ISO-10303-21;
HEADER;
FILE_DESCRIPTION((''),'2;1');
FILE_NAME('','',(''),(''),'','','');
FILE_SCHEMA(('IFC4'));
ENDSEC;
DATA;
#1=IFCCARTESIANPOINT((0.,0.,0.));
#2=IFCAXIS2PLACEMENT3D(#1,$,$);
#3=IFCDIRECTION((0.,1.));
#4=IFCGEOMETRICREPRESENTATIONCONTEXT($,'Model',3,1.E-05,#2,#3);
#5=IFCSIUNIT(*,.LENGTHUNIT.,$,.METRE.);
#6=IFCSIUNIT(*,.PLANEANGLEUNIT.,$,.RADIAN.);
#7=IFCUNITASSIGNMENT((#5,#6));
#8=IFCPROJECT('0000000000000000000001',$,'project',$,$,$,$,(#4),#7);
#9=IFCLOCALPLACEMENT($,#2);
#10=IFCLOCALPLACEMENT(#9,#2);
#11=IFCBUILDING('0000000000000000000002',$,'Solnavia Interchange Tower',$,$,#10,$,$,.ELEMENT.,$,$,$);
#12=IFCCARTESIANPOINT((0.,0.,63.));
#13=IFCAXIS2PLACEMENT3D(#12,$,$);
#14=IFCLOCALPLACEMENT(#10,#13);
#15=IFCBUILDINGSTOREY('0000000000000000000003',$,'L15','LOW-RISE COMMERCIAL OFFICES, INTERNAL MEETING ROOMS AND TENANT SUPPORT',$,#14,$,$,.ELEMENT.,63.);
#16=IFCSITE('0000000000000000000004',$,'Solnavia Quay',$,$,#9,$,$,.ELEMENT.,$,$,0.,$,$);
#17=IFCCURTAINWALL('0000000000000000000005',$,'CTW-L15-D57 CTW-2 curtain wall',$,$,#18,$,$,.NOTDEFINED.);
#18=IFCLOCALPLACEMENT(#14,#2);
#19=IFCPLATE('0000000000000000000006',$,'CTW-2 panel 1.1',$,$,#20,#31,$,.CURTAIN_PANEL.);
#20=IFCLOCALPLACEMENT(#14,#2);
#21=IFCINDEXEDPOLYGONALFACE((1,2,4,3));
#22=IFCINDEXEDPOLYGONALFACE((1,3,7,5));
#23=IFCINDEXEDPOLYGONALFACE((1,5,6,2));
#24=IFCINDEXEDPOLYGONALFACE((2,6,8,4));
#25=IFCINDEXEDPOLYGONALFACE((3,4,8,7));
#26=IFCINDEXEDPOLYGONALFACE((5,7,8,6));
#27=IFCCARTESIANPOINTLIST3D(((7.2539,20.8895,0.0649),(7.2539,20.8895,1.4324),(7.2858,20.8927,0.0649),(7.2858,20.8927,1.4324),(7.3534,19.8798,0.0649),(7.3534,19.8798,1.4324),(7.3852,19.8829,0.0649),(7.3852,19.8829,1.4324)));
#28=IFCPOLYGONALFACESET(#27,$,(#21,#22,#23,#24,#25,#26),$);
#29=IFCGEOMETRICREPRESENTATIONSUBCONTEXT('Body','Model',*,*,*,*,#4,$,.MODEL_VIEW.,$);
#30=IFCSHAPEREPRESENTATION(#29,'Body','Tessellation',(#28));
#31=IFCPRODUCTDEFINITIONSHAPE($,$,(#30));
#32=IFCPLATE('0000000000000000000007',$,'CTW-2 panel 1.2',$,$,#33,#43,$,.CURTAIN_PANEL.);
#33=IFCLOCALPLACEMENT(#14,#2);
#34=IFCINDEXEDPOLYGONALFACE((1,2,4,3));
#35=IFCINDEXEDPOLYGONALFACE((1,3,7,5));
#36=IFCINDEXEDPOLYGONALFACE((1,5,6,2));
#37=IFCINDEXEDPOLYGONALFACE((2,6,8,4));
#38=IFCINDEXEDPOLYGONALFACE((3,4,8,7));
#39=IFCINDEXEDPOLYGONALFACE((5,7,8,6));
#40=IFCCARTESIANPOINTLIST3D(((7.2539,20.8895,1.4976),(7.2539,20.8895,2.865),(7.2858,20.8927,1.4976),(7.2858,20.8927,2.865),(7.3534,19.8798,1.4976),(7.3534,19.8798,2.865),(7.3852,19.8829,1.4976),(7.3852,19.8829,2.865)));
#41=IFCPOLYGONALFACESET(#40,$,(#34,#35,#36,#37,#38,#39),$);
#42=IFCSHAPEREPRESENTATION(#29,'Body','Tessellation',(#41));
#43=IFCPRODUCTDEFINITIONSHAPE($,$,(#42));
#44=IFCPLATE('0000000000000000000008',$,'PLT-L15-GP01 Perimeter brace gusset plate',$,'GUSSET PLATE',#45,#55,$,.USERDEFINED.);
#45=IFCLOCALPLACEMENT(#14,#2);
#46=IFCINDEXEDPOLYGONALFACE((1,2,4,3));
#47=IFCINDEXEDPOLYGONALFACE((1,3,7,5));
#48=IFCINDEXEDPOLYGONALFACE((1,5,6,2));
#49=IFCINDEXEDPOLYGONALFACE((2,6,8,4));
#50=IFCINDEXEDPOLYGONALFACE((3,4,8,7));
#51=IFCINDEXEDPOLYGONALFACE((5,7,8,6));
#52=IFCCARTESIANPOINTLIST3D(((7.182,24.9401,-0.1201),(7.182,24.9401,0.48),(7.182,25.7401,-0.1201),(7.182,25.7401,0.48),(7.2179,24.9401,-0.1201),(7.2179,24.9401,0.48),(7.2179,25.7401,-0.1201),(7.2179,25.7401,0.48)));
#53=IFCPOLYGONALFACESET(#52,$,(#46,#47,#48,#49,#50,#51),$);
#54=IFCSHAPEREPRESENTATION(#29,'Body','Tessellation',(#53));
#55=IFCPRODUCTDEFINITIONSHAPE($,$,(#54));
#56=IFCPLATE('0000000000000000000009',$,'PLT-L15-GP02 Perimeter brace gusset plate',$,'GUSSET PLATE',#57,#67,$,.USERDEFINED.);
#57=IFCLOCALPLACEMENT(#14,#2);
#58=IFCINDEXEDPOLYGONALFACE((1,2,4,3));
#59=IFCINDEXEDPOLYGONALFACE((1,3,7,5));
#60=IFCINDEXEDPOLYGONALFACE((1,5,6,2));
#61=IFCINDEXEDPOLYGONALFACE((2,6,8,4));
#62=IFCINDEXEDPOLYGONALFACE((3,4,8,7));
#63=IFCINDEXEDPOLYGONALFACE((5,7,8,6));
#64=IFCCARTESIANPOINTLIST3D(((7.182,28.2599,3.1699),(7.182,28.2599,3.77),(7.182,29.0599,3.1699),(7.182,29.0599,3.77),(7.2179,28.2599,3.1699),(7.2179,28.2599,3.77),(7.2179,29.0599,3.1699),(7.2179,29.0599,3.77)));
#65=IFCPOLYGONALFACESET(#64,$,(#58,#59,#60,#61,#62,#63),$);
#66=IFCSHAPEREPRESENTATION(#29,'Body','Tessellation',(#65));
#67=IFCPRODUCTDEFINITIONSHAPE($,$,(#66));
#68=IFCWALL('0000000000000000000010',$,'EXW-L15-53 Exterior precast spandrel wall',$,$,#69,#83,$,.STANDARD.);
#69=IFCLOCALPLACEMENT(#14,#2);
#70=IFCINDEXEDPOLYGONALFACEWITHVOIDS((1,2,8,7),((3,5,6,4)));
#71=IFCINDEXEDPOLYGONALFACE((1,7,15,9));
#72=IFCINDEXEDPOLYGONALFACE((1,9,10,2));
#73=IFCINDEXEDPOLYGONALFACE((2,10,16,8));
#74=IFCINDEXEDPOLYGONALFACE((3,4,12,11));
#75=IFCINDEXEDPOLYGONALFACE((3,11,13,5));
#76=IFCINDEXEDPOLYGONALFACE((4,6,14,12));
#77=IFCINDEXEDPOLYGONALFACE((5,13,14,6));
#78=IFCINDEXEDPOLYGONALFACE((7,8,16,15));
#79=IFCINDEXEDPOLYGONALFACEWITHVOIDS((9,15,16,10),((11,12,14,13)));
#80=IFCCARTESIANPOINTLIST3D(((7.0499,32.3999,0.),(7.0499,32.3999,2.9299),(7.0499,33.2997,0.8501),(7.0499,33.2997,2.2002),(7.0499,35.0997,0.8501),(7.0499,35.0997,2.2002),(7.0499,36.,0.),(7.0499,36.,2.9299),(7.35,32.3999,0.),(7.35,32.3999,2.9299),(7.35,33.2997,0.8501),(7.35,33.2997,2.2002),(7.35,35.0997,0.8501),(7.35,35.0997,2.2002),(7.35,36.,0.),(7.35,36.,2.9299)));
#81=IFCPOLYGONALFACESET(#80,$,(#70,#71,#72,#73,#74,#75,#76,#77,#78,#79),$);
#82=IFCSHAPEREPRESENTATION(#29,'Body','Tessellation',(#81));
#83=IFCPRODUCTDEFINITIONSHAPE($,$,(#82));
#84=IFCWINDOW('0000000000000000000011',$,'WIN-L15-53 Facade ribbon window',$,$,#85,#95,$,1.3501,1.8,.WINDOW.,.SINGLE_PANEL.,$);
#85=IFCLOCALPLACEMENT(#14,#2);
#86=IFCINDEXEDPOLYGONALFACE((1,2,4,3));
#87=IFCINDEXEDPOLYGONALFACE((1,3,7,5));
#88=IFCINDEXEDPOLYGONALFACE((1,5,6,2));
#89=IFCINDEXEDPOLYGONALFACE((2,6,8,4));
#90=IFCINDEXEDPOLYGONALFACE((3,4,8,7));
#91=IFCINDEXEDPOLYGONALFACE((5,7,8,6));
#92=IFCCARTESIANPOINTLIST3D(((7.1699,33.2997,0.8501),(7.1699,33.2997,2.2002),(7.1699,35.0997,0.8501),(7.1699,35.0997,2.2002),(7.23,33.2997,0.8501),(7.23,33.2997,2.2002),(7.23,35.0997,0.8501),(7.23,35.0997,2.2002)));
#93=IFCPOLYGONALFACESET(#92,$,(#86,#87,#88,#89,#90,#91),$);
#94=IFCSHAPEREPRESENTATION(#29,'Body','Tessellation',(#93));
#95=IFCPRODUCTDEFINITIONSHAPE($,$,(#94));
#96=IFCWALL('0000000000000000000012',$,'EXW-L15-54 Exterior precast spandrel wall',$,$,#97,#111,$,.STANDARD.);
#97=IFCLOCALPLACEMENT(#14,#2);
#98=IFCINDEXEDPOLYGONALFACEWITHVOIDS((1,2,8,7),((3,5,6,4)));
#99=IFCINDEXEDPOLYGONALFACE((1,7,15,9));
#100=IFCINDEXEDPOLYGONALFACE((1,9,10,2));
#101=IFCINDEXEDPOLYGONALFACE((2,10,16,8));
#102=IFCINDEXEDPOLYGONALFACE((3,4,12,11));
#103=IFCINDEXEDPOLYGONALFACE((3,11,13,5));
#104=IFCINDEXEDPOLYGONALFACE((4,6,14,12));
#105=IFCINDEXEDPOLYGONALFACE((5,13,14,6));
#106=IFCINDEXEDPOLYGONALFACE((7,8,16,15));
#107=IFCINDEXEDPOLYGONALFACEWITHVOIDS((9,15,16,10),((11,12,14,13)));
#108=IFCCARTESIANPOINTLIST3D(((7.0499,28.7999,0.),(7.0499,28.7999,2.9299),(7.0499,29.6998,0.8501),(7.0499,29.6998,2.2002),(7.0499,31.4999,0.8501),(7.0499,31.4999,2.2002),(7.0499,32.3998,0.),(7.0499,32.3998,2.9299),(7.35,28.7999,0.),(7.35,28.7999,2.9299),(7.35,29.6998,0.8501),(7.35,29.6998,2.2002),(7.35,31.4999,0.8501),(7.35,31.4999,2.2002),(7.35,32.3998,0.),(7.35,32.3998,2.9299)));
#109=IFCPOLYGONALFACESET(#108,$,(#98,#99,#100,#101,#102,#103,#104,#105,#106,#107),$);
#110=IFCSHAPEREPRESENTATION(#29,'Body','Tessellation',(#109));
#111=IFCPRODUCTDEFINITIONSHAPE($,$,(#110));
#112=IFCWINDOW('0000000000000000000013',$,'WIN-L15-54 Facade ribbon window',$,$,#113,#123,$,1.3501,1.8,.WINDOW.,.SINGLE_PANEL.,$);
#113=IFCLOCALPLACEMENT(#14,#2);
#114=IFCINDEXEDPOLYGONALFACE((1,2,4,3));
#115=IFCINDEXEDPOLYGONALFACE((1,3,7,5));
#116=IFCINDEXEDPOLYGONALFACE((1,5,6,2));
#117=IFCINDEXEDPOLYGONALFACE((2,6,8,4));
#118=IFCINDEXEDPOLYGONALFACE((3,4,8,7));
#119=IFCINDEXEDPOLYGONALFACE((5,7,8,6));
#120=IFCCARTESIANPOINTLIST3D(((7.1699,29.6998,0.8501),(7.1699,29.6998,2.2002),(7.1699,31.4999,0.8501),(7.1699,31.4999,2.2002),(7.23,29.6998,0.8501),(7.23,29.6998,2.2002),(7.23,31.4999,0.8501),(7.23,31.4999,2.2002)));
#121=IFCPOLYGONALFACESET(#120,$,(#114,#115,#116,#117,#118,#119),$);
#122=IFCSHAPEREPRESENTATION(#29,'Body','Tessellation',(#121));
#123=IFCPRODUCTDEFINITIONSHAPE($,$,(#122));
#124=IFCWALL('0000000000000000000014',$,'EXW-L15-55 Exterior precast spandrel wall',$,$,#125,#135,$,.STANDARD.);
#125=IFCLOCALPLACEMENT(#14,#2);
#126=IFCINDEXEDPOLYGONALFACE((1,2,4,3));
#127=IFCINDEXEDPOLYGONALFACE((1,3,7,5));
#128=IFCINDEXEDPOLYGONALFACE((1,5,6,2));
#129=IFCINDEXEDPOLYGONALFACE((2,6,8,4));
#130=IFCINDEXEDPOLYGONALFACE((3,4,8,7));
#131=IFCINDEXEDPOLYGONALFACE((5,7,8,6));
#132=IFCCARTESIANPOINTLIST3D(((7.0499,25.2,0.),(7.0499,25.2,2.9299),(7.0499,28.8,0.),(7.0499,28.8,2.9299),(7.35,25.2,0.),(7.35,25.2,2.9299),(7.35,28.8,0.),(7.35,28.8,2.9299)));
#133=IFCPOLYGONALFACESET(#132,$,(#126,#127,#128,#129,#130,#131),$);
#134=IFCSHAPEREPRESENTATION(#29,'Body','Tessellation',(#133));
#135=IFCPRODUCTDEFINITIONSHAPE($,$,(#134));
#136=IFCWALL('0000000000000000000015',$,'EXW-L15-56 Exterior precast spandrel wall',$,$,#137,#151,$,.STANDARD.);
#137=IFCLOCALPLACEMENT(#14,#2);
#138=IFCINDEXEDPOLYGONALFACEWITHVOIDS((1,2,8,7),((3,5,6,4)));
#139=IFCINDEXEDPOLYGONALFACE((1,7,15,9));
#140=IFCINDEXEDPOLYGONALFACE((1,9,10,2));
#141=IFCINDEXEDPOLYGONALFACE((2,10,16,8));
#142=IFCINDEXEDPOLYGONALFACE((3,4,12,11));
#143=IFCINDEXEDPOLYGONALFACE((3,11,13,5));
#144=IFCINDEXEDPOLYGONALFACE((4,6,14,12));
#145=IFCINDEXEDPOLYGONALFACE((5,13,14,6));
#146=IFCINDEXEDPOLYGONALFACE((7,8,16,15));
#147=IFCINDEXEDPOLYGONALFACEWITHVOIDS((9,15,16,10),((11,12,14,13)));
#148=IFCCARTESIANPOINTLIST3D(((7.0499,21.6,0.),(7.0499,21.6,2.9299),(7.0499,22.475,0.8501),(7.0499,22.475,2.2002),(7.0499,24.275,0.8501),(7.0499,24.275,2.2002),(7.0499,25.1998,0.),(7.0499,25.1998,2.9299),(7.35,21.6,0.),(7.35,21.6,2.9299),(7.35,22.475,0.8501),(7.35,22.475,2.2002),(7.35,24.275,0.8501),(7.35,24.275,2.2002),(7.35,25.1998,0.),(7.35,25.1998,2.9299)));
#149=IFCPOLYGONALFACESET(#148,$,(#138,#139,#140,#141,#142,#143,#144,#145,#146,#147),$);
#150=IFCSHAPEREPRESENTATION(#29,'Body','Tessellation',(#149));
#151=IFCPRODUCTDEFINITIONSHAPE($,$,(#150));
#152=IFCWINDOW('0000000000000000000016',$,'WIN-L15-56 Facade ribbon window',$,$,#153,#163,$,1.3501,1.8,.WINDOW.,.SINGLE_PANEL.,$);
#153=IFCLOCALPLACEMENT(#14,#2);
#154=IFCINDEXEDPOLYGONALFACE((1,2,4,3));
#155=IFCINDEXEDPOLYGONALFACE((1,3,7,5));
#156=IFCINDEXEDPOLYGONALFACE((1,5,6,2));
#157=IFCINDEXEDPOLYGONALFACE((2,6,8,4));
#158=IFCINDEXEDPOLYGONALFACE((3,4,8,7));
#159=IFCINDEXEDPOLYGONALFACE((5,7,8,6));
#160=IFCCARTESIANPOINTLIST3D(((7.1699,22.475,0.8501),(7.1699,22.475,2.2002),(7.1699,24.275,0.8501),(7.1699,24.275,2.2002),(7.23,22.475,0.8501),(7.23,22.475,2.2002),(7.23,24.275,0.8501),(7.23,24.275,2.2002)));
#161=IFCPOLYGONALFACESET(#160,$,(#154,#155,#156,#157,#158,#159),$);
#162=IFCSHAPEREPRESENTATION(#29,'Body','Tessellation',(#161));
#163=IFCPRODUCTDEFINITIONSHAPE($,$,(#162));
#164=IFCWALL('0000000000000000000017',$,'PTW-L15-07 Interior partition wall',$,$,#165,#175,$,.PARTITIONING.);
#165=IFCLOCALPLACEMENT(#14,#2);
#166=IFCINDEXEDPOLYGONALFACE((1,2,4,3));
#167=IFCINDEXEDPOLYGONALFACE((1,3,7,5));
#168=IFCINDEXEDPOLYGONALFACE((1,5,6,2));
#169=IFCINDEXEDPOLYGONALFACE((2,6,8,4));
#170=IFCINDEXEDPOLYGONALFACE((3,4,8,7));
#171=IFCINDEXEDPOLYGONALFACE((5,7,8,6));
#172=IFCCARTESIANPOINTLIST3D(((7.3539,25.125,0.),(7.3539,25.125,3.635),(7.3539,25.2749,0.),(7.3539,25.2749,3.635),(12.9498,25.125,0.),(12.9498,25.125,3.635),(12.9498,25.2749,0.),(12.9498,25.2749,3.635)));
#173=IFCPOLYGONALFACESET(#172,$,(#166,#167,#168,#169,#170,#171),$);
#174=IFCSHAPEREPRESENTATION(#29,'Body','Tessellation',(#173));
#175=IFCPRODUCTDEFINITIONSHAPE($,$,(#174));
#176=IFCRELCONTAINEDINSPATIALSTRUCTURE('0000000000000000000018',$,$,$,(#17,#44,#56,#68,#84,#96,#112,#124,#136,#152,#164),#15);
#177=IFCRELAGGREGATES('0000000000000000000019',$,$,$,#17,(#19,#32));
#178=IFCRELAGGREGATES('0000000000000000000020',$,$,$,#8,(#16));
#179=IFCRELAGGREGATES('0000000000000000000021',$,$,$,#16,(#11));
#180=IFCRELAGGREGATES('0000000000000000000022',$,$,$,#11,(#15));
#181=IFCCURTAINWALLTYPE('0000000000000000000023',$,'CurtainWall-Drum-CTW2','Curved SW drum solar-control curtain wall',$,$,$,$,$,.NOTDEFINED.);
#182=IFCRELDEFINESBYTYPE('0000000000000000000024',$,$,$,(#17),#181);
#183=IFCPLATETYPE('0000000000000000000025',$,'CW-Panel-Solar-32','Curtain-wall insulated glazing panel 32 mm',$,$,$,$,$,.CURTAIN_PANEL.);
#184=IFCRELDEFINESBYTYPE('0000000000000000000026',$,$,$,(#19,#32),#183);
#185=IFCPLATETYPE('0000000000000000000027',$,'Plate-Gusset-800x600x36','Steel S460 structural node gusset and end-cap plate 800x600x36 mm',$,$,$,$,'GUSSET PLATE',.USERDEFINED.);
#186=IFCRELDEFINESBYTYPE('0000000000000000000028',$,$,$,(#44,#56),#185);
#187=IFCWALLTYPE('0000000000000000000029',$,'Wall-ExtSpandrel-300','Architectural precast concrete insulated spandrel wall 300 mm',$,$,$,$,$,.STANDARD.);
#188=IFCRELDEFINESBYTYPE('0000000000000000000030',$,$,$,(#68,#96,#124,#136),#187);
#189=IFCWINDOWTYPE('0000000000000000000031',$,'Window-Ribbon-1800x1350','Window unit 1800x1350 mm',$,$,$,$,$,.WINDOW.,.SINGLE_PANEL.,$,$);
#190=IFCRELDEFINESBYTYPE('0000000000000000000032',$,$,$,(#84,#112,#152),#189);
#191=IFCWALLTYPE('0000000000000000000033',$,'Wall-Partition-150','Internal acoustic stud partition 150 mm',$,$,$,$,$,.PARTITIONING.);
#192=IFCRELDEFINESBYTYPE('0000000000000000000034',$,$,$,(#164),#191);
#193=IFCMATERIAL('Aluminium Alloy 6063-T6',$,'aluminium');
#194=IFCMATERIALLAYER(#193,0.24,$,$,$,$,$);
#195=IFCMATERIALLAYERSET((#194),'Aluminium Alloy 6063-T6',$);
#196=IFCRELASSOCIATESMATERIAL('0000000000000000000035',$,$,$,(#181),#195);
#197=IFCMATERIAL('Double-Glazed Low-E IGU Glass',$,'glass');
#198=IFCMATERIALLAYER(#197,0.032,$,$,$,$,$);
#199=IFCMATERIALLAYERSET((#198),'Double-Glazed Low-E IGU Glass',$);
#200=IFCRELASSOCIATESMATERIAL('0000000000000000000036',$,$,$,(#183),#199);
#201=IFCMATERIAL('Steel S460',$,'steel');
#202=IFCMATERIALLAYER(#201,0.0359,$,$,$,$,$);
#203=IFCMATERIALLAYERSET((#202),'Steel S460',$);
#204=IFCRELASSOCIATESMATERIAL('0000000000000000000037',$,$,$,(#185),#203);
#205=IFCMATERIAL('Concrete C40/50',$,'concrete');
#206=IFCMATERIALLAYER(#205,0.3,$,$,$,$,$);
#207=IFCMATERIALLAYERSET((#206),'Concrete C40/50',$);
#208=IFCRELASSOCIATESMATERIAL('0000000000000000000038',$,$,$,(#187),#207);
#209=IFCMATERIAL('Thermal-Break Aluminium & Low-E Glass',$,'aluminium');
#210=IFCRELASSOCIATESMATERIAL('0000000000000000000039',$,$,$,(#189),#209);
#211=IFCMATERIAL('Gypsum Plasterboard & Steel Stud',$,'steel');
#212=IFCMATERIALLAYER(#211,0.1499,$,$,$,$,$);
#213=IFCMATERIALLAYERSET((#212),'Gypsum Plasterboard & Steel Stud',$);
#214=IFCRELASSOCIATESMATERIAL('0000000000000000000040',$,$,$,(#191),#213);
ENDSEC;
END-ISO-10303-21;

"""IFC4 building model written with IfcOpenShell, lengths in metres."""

from ifc_helpers import new_model, si_unit, direction, frame, frame_2d, origin, origin_2d, place, context, subcontext, project, spatial, rectangle, extrude, material, layer, layer_set, type_object, element, fill, aggregate, save


model = new_model("IFC4")

# Units and contexts
model_context = context("Model", 3, precision=1e-05, world=origin(), true_north=direction((0.0, 1.0)))
body_context = subcontext(model_context, "Body", "Model", "MODEL_VIEW")
ifc_project = project(units=[si_unit("LENGTHUNIT", "METRE"), si_unit("PLANEANGLEUNIT", "RADIAN")], contexts=[model_context])

# Site, building, storey
site_placement = place(None, origin())
site = spatial("IfcSite", under=ifc_project, at=site_placement, Name="Solnavia Quay", CompositionType="ELEMENT", RefElevation=0.0)
building_placement = place(site_placement, origin())
building = spatial("IfcBuilding", under=site, at=building_placement, Name="Solnavia Interchange Tower", CompositionType="ELEMENT")
storey_placement = place(building_placement, frame((0.0, 0.0, 63.0)))
storey = spatial("IfcBuildingStorey", under=building, at=storey_placement, Name="L15", Description="LOW-RISE COMMERCIAL OFFICES, INTERNAL MEETING ROOMS AND TENANT SUPPORT", CompositionType="ELEMENT", Elevation=63.0)

# Shared definitions
ifc_material_1 = material(Name="Steel S460", Category="steel")

# Curtain wall, plates
ifc_material_2 = material(Name="Aluminium Alloy 6063-T6", Category="aluminium")
ifc_layer_1 = layer(ifc_material_2, 0.24)
ifc_layer_set_1 = layer_set([ifc_layer_1], Name="Aluminium Alloy 6063-T6")
curtain_wall_type = type_object("IfcCurtainWallType", Name="CurtainWall-Drum-CTW2", Description="Curved SW drum solar-control curtain wall", PredefinedType="NOTDEFINED", material=ifc_layer_set_1)
curtain_wall_placement = place(storey_placement, origin())
curtain_wall = element("IfcCurtainWall", 1, at=curtain_wall_placement, inside=storey, type_object=curtain_wall_type, Name="CTW-L15-D57 CTW-2 curtain wall", PredefinedType="NOTDEFINED")
ifc_material_3 = material(Name="Double-Glazed Low-E IGU Glass", Category="glass")
ifc_layer_2 = layer(ifc_material_3, 0.032)
ifc_layer_set_2 = layer_set([ifc_layer_2], Name="Double-Glazed Low-E IGU Glass")
plate_type_1 = type_object("IfcPlateType", Name="CW-Panel-Solar-32", Description="Curtain-wall insulated glazing panel 32 mm", PredefinedType="CURTAIN_PANEL", material=ifc_layer_set_2)
plate_1_placement = place(storey_placement, frame((7.3196, 20.3862, 0.0649), z_axis=(0.0, 0.0, 1.0), x_axis=(0.098045, -0.995182, 0.0)))
plate_1 = element("IfcPlate", 2, at=plate_1_placement, type_object=plate_type_1, Name="CTW-2 panel 1.1", PredefinedType="CURTAIN_PANEL", context=body_context, shape_type="SweptSolid", body=[
    extrude(rectangle(XDim=1.0146, YDim=0.032, at=origin_2d()), origin(), (0.0, 0.0, 1.0), 1.3674),
])
plate_2_placement = place(storey_placement, frame((7.3196, 20.3862, 1.4976), z_axis=(0.0, 0.0, 1.0), x_axis=(0.098045, -0.995182, 0.0)))
plate_2 = element("IfcPlate", 3, at=plate_2_placement, type_object=plate_type_1, Name="CTW-2 panel 1.2", PredefinedType="CURTAIN_PANEL", context=body_context, shape_type="SweptSolid", body=[
    extrude(rectangle(XDim=1.0146, YDim=0.032, at=origin_2d()), origin(), (0.0, 0.0, 1.0), 1.3674),
])
aggregate(curtain_wall, [plate_1, plate_2])

# Plates
ifc_layer_3 = layer(ifc_material_1, 0.0359)
ifc_layer_set_3 = layer_set([ifc_layer_3], Name="Steel S460")
plate_type_2 = type_object("IfcPlateType", Name="Plate-Gusset-800x600x36", Description="Steel S460 structural node gusset and end-cap plate 800x600x36 mm", ElementType="GUSSET PLATE", PredefinedType="USERDEFINED", material=ifc_layer_set_3)
for number, where, z_axis, x_axis, name in (
    (4, (7.2, 25.3401, -0.1201), (0.0, 0.0, 1.0), (0.0, 1.0, 0.0), "PLT-L15-GP01 Perimeter brace gusset plate"),
    (5, (7.2, 28.6599, 3.1699), (0.0, 0.0, 1.0), (0.0, 1.0, 0.0), "PLT-L15-GP02 Perimeter brace gusset plate"),
):
    element("IfcPlate", number, at=place(storey_placement, frame(where, z_axis=z_axis, x_axis=x_axis)), inside=storey, type_object=plate_type_2, Name=name, ObjectType="GUSSET PLATE", PredefinedType="USERDEFINED", context=body_context, shape_type="SweptSolid", body=[
        extrude(rectangle(XDim=0.8, YDim=0.0359, at=origin_2d()), origin(), (0.0, 0.0, 1.0), 0.6001),
    ])

# Walls, openings, windows
ifc_material_4 = material(Name="Concrete C40/50", Category="concrete")
ifc_layer_4 = layer(ifc_material_4, 0.3)
ifc_layer_set_4 = layer_set([ifc_layer_4], Name="Concrete C40/50")
wall_type_1 = type_object("IfcWallType", Name="Wall-ExtSpandrel-300", Description="Architectural precast concrete insulated spandrel wall 300 mm", PredefinedType="STANDARD", material=ifc_layer_set_4)
wall_1_placement = place(storey_placement, frame((7.2, 32.3999, 0.0), z_axis=(0.0, 0.0, 1.0), x_axis=(0.0, 1.0, 0.0)))
wall_1 = element("IfcWall", 6, at=wall_1_placement, inside=storey, type_object=wall_type_1, Name="EXW-L15-53 Exterior precast spandrel wall", PredefinedType="STANDARD", context=body_context, shape_type="SweptSolid", body=[
    extrude(rectangle(XDim=3.6001, YDim=0.3, at=frame_2d((1.8, 0.0))), origin(), (0.0, 0.0, 1.0), 2.9299),
])
opening_1_placement = place(wall_1_placement, frame((0.8999, 0.0, 0.8501)))
opening_1 = element("IfcOpeningElement", 7, at=opening_1_placement, cuts=wall_1, PredefinedType="OPENING", context=body_context, shape_type="SweptSolid", body=[
    extrude(rectangle(XDim=1.8, YDim=1.3501, at=frame_2d((0.8999, 0.675))), frame((0.0, 0.1602, 0.0), z_axis=(0.0, -1.0, 0.0), x_axis=(1.0, 0.0, 0.0)), (0.0, 0.0, 1.0), 0.3201),
])
ifc_material_5 = material(Name="Thermal-Break Aluminium & Low-E Glass", Category="aluminium")
window_type = type_object("IfcWindowType", Name="Window-Ribbon-1800x1350", Description="Window unit 1800x1350 mm", PartitioningType="SINGLE_PANEL", PredefinedType="WINDOW", material=ifc_material_5)
window_1_placement = place(opening_1_placement, origin())
window_1 = element("IfcWindow", 8, at=window_1_placement, inside=storey, type_object=window_type, Name="WIN-L15-53 Facade ribbon window", OverallHeight=1.3501, OverallWidth=1.8, PartitioningType="SINGLE_PANEL", PredefinedType="WINDOW", context=body_context, shape_type="SweptSolid", body=[
    extrude(rectangle(XDim=1.8, YDim=1.3501, at=frame_2d((0.8999, 0.675))), frame((0.0, 0.03, 0.0), z_axis=(0.0, -1.0, 0.0), x_axis=(1.0, 0.0, 0.0)), (0.0, 0.0, 1.0), 0.0601),
])
fill(opening_1, window_1)
wall_2_placement = place(storey_placement, frame((7.2, 28.8, 0.0), z_axis=(0.0, 0.0, 1.0), x_axis=(0.0, 1.0, 0.0)))
wall_2 = element("IfcWall", 9, at=wall_2_placement, inside=storey, type_object=wall_type_1, Name="EXW-L15-54 Exterior precast spandrel wall", PredefinedType="STANDARD", context=body_context, shape_type="SweptSolid", body=[
    extrude(rectangle(XDim=3.5999, YDim=0.3, at=frame_2d((1.7998, 0.0))), origin(), (0.0, 0.0, 1.0), 2.9299),
])
opening_2_placement = place(wall_2_placement, frame((0.8999, 0.0, 0.8501)))
opening_2 = element("IfcOpeningElement", 10, at=opening_2_placement, cuts=wall_2, PredefinedType="OPENING", context=body_context, shape_type="SweptSolid", body=[
    extrude(rectangle(XDim=1.8, YDim=1.3501, at=frame_2d((0.8999, 0.675))), frame((0.0, 0.1602, 0.0), z_axis=(0.0, -1.0, 0.0), x_axis=(1.0, 0.0, 0.0)), (0.0, 0.0, 1.0), 0.3201),
])
window_2_placement = place(opening_2_placement, origin())
window_2 = element("IfcWindow", 11, at=window_2_placement, inside=storey, type_object=window_type, Name="WIN-L15-54 Facade ribbon window", OverallHeight=1.3501, OverallWidth=1.8, PartitioningType="SINGLE_PANEL", PredefinedType="WINDOW", context=body_context, shape_type="SweptSolid", body=[
    extrude(rectangle(XDim=1.8, YDim=1.3501, at=frame_2d((0.8999, 0.675))), frame((0.0, 0.03, 0.0), z_axis=(0.0, -1.0, 0.0), x_axis=(1.0, 0.0, 0.0)), (0.0, 0.0, 1.0), 0.0601),
])
fill(opening_2, window_2)

# Wall
wall_3_placement = place(storey_placement, frame((7.2, 25.2, 0.0), z_axis=(0.0, 0.0, 1.0), x_axis=(0.0, 1.0, 0.0)))
element("IfcWall", 12, at=wall_3_placement, inside=storey, type_object=wall_type_1, Name="EXW-L15-55 Exterior precast spandrel wall", PredefinedType="STANDARD", context=body_context, shape_type="SweptSolid", body=[
    extrude(rectangle(XDim=3.6001, YDim=0.3, at=frame_2d((1.8, 0.0))), origin(), (0.0, 0.0, 1.0), 2.9299),
])

# Wall, opening, window
wall_4_placement = place(storey_placement, frame((7.2, 21.6001, 0.0), z_axis=(0.0, 0.0, 1.0), x_axis=(0.0, 1.0, 0.0)))
wall_4 = element("IfcWall", 13, at=wall_4_placement, inside=storey, type_object=wall_type_1, Name="EXW-L15-56 Exterior precast spandrel wall", PredefinedType="STANDARD", context=body_context, shape_type="SweptSolid", body=[
    extrude(rectangle(XDim=3.5999, YDim=0.3, at=frame_2d((1.7998, 0.0))), origin(), (0.0, 0.0, 1.0), 2.9299),
])
opening_3_placement = place(wall_4_placement, frame((0.875, 0.0, 0.8501)))
opening_3 = element("IfcOpeningElement", 14, at=opening_3_placement, cuts=wall_4, PredefinedType="OPENING", context=body_context, shape_type="SweptSolid", body=[
    extrude(rectangle(XDim=1.8, YDim=1.3501, at=frame_2d((0.8999, 0.675))), frame((0.0, 0.1602, 0.0), z_axis=(0.0, -1.0, 0.0), x_axis=(1.0, 0.0, 0.0)), (0.0, 0.0, 1.0), 0.3201),
])
window_3_placement = place(opening_3_placement, origin())
window_3 = element("IfcWindow", 15, at=window_3_placement, inside=storey, type_object=window_type, Name="WIN-L15-56 Facade ribbon window", OverallHeight=1.3501, OverallWidth=1.8, PartitioningType="SINGLE_PANEL", PredefinedType="WINDOW", context=body_context, shape_type="SweptSolid", body=[
    extrude(rectangle(XDim=1.8, YDim=1.3501, at=frame_2d((0.8999, 0.675))), frame((0.0, 0.03, 0.0), z_axis=(0.0, -1.0, 0.0), x_axis=(1.0, 0.0, 0.0)), (0.0, 0.0, 1.0), 0.0601),
])
fill(opening_3, window_3)

# Wall
ifc_material_6 = material(Name="Gypsum Plasterboard & Steel Stud", Category="steel")
ifc_layer_5 = layer(ifc_material_6, 0.1499)
ifc_layer_set_5 = layer_set([ifc_layer_5], Name="Gypsum Plasterboard & Steel Stud")
wall_type_2 = type_object("IfcWallType", Name="Wall-Partition-150", Description="Internal acoustic stud partition 150 mm", PredefinedType="PARTITIONING", material=ifc_layer_set_5)
wall_5_placement = place(storey_placement, frame((7.354, 25.2, 0.0), z_axis=(0.0, 0.0, 1.0), x_axis=(1.0, 0.0, 0.0)))
element("IfcWall", 16, at=wall_5_placement, inside=storey, type_object=wall_type_2, Name="PTW-L15-07 Interior partition wall", PredefinedType="PARTITIONING", context=body_context, shape_type="SweptSolid", body=[
    extrude(rectangle(XDim=5.5959, YDim=0.1499, at=frame_2d((2.7979, 0.0))), origin(), (0.0, 0.0, 1.0), 3.635),
])

save(model, "model.ifc")
